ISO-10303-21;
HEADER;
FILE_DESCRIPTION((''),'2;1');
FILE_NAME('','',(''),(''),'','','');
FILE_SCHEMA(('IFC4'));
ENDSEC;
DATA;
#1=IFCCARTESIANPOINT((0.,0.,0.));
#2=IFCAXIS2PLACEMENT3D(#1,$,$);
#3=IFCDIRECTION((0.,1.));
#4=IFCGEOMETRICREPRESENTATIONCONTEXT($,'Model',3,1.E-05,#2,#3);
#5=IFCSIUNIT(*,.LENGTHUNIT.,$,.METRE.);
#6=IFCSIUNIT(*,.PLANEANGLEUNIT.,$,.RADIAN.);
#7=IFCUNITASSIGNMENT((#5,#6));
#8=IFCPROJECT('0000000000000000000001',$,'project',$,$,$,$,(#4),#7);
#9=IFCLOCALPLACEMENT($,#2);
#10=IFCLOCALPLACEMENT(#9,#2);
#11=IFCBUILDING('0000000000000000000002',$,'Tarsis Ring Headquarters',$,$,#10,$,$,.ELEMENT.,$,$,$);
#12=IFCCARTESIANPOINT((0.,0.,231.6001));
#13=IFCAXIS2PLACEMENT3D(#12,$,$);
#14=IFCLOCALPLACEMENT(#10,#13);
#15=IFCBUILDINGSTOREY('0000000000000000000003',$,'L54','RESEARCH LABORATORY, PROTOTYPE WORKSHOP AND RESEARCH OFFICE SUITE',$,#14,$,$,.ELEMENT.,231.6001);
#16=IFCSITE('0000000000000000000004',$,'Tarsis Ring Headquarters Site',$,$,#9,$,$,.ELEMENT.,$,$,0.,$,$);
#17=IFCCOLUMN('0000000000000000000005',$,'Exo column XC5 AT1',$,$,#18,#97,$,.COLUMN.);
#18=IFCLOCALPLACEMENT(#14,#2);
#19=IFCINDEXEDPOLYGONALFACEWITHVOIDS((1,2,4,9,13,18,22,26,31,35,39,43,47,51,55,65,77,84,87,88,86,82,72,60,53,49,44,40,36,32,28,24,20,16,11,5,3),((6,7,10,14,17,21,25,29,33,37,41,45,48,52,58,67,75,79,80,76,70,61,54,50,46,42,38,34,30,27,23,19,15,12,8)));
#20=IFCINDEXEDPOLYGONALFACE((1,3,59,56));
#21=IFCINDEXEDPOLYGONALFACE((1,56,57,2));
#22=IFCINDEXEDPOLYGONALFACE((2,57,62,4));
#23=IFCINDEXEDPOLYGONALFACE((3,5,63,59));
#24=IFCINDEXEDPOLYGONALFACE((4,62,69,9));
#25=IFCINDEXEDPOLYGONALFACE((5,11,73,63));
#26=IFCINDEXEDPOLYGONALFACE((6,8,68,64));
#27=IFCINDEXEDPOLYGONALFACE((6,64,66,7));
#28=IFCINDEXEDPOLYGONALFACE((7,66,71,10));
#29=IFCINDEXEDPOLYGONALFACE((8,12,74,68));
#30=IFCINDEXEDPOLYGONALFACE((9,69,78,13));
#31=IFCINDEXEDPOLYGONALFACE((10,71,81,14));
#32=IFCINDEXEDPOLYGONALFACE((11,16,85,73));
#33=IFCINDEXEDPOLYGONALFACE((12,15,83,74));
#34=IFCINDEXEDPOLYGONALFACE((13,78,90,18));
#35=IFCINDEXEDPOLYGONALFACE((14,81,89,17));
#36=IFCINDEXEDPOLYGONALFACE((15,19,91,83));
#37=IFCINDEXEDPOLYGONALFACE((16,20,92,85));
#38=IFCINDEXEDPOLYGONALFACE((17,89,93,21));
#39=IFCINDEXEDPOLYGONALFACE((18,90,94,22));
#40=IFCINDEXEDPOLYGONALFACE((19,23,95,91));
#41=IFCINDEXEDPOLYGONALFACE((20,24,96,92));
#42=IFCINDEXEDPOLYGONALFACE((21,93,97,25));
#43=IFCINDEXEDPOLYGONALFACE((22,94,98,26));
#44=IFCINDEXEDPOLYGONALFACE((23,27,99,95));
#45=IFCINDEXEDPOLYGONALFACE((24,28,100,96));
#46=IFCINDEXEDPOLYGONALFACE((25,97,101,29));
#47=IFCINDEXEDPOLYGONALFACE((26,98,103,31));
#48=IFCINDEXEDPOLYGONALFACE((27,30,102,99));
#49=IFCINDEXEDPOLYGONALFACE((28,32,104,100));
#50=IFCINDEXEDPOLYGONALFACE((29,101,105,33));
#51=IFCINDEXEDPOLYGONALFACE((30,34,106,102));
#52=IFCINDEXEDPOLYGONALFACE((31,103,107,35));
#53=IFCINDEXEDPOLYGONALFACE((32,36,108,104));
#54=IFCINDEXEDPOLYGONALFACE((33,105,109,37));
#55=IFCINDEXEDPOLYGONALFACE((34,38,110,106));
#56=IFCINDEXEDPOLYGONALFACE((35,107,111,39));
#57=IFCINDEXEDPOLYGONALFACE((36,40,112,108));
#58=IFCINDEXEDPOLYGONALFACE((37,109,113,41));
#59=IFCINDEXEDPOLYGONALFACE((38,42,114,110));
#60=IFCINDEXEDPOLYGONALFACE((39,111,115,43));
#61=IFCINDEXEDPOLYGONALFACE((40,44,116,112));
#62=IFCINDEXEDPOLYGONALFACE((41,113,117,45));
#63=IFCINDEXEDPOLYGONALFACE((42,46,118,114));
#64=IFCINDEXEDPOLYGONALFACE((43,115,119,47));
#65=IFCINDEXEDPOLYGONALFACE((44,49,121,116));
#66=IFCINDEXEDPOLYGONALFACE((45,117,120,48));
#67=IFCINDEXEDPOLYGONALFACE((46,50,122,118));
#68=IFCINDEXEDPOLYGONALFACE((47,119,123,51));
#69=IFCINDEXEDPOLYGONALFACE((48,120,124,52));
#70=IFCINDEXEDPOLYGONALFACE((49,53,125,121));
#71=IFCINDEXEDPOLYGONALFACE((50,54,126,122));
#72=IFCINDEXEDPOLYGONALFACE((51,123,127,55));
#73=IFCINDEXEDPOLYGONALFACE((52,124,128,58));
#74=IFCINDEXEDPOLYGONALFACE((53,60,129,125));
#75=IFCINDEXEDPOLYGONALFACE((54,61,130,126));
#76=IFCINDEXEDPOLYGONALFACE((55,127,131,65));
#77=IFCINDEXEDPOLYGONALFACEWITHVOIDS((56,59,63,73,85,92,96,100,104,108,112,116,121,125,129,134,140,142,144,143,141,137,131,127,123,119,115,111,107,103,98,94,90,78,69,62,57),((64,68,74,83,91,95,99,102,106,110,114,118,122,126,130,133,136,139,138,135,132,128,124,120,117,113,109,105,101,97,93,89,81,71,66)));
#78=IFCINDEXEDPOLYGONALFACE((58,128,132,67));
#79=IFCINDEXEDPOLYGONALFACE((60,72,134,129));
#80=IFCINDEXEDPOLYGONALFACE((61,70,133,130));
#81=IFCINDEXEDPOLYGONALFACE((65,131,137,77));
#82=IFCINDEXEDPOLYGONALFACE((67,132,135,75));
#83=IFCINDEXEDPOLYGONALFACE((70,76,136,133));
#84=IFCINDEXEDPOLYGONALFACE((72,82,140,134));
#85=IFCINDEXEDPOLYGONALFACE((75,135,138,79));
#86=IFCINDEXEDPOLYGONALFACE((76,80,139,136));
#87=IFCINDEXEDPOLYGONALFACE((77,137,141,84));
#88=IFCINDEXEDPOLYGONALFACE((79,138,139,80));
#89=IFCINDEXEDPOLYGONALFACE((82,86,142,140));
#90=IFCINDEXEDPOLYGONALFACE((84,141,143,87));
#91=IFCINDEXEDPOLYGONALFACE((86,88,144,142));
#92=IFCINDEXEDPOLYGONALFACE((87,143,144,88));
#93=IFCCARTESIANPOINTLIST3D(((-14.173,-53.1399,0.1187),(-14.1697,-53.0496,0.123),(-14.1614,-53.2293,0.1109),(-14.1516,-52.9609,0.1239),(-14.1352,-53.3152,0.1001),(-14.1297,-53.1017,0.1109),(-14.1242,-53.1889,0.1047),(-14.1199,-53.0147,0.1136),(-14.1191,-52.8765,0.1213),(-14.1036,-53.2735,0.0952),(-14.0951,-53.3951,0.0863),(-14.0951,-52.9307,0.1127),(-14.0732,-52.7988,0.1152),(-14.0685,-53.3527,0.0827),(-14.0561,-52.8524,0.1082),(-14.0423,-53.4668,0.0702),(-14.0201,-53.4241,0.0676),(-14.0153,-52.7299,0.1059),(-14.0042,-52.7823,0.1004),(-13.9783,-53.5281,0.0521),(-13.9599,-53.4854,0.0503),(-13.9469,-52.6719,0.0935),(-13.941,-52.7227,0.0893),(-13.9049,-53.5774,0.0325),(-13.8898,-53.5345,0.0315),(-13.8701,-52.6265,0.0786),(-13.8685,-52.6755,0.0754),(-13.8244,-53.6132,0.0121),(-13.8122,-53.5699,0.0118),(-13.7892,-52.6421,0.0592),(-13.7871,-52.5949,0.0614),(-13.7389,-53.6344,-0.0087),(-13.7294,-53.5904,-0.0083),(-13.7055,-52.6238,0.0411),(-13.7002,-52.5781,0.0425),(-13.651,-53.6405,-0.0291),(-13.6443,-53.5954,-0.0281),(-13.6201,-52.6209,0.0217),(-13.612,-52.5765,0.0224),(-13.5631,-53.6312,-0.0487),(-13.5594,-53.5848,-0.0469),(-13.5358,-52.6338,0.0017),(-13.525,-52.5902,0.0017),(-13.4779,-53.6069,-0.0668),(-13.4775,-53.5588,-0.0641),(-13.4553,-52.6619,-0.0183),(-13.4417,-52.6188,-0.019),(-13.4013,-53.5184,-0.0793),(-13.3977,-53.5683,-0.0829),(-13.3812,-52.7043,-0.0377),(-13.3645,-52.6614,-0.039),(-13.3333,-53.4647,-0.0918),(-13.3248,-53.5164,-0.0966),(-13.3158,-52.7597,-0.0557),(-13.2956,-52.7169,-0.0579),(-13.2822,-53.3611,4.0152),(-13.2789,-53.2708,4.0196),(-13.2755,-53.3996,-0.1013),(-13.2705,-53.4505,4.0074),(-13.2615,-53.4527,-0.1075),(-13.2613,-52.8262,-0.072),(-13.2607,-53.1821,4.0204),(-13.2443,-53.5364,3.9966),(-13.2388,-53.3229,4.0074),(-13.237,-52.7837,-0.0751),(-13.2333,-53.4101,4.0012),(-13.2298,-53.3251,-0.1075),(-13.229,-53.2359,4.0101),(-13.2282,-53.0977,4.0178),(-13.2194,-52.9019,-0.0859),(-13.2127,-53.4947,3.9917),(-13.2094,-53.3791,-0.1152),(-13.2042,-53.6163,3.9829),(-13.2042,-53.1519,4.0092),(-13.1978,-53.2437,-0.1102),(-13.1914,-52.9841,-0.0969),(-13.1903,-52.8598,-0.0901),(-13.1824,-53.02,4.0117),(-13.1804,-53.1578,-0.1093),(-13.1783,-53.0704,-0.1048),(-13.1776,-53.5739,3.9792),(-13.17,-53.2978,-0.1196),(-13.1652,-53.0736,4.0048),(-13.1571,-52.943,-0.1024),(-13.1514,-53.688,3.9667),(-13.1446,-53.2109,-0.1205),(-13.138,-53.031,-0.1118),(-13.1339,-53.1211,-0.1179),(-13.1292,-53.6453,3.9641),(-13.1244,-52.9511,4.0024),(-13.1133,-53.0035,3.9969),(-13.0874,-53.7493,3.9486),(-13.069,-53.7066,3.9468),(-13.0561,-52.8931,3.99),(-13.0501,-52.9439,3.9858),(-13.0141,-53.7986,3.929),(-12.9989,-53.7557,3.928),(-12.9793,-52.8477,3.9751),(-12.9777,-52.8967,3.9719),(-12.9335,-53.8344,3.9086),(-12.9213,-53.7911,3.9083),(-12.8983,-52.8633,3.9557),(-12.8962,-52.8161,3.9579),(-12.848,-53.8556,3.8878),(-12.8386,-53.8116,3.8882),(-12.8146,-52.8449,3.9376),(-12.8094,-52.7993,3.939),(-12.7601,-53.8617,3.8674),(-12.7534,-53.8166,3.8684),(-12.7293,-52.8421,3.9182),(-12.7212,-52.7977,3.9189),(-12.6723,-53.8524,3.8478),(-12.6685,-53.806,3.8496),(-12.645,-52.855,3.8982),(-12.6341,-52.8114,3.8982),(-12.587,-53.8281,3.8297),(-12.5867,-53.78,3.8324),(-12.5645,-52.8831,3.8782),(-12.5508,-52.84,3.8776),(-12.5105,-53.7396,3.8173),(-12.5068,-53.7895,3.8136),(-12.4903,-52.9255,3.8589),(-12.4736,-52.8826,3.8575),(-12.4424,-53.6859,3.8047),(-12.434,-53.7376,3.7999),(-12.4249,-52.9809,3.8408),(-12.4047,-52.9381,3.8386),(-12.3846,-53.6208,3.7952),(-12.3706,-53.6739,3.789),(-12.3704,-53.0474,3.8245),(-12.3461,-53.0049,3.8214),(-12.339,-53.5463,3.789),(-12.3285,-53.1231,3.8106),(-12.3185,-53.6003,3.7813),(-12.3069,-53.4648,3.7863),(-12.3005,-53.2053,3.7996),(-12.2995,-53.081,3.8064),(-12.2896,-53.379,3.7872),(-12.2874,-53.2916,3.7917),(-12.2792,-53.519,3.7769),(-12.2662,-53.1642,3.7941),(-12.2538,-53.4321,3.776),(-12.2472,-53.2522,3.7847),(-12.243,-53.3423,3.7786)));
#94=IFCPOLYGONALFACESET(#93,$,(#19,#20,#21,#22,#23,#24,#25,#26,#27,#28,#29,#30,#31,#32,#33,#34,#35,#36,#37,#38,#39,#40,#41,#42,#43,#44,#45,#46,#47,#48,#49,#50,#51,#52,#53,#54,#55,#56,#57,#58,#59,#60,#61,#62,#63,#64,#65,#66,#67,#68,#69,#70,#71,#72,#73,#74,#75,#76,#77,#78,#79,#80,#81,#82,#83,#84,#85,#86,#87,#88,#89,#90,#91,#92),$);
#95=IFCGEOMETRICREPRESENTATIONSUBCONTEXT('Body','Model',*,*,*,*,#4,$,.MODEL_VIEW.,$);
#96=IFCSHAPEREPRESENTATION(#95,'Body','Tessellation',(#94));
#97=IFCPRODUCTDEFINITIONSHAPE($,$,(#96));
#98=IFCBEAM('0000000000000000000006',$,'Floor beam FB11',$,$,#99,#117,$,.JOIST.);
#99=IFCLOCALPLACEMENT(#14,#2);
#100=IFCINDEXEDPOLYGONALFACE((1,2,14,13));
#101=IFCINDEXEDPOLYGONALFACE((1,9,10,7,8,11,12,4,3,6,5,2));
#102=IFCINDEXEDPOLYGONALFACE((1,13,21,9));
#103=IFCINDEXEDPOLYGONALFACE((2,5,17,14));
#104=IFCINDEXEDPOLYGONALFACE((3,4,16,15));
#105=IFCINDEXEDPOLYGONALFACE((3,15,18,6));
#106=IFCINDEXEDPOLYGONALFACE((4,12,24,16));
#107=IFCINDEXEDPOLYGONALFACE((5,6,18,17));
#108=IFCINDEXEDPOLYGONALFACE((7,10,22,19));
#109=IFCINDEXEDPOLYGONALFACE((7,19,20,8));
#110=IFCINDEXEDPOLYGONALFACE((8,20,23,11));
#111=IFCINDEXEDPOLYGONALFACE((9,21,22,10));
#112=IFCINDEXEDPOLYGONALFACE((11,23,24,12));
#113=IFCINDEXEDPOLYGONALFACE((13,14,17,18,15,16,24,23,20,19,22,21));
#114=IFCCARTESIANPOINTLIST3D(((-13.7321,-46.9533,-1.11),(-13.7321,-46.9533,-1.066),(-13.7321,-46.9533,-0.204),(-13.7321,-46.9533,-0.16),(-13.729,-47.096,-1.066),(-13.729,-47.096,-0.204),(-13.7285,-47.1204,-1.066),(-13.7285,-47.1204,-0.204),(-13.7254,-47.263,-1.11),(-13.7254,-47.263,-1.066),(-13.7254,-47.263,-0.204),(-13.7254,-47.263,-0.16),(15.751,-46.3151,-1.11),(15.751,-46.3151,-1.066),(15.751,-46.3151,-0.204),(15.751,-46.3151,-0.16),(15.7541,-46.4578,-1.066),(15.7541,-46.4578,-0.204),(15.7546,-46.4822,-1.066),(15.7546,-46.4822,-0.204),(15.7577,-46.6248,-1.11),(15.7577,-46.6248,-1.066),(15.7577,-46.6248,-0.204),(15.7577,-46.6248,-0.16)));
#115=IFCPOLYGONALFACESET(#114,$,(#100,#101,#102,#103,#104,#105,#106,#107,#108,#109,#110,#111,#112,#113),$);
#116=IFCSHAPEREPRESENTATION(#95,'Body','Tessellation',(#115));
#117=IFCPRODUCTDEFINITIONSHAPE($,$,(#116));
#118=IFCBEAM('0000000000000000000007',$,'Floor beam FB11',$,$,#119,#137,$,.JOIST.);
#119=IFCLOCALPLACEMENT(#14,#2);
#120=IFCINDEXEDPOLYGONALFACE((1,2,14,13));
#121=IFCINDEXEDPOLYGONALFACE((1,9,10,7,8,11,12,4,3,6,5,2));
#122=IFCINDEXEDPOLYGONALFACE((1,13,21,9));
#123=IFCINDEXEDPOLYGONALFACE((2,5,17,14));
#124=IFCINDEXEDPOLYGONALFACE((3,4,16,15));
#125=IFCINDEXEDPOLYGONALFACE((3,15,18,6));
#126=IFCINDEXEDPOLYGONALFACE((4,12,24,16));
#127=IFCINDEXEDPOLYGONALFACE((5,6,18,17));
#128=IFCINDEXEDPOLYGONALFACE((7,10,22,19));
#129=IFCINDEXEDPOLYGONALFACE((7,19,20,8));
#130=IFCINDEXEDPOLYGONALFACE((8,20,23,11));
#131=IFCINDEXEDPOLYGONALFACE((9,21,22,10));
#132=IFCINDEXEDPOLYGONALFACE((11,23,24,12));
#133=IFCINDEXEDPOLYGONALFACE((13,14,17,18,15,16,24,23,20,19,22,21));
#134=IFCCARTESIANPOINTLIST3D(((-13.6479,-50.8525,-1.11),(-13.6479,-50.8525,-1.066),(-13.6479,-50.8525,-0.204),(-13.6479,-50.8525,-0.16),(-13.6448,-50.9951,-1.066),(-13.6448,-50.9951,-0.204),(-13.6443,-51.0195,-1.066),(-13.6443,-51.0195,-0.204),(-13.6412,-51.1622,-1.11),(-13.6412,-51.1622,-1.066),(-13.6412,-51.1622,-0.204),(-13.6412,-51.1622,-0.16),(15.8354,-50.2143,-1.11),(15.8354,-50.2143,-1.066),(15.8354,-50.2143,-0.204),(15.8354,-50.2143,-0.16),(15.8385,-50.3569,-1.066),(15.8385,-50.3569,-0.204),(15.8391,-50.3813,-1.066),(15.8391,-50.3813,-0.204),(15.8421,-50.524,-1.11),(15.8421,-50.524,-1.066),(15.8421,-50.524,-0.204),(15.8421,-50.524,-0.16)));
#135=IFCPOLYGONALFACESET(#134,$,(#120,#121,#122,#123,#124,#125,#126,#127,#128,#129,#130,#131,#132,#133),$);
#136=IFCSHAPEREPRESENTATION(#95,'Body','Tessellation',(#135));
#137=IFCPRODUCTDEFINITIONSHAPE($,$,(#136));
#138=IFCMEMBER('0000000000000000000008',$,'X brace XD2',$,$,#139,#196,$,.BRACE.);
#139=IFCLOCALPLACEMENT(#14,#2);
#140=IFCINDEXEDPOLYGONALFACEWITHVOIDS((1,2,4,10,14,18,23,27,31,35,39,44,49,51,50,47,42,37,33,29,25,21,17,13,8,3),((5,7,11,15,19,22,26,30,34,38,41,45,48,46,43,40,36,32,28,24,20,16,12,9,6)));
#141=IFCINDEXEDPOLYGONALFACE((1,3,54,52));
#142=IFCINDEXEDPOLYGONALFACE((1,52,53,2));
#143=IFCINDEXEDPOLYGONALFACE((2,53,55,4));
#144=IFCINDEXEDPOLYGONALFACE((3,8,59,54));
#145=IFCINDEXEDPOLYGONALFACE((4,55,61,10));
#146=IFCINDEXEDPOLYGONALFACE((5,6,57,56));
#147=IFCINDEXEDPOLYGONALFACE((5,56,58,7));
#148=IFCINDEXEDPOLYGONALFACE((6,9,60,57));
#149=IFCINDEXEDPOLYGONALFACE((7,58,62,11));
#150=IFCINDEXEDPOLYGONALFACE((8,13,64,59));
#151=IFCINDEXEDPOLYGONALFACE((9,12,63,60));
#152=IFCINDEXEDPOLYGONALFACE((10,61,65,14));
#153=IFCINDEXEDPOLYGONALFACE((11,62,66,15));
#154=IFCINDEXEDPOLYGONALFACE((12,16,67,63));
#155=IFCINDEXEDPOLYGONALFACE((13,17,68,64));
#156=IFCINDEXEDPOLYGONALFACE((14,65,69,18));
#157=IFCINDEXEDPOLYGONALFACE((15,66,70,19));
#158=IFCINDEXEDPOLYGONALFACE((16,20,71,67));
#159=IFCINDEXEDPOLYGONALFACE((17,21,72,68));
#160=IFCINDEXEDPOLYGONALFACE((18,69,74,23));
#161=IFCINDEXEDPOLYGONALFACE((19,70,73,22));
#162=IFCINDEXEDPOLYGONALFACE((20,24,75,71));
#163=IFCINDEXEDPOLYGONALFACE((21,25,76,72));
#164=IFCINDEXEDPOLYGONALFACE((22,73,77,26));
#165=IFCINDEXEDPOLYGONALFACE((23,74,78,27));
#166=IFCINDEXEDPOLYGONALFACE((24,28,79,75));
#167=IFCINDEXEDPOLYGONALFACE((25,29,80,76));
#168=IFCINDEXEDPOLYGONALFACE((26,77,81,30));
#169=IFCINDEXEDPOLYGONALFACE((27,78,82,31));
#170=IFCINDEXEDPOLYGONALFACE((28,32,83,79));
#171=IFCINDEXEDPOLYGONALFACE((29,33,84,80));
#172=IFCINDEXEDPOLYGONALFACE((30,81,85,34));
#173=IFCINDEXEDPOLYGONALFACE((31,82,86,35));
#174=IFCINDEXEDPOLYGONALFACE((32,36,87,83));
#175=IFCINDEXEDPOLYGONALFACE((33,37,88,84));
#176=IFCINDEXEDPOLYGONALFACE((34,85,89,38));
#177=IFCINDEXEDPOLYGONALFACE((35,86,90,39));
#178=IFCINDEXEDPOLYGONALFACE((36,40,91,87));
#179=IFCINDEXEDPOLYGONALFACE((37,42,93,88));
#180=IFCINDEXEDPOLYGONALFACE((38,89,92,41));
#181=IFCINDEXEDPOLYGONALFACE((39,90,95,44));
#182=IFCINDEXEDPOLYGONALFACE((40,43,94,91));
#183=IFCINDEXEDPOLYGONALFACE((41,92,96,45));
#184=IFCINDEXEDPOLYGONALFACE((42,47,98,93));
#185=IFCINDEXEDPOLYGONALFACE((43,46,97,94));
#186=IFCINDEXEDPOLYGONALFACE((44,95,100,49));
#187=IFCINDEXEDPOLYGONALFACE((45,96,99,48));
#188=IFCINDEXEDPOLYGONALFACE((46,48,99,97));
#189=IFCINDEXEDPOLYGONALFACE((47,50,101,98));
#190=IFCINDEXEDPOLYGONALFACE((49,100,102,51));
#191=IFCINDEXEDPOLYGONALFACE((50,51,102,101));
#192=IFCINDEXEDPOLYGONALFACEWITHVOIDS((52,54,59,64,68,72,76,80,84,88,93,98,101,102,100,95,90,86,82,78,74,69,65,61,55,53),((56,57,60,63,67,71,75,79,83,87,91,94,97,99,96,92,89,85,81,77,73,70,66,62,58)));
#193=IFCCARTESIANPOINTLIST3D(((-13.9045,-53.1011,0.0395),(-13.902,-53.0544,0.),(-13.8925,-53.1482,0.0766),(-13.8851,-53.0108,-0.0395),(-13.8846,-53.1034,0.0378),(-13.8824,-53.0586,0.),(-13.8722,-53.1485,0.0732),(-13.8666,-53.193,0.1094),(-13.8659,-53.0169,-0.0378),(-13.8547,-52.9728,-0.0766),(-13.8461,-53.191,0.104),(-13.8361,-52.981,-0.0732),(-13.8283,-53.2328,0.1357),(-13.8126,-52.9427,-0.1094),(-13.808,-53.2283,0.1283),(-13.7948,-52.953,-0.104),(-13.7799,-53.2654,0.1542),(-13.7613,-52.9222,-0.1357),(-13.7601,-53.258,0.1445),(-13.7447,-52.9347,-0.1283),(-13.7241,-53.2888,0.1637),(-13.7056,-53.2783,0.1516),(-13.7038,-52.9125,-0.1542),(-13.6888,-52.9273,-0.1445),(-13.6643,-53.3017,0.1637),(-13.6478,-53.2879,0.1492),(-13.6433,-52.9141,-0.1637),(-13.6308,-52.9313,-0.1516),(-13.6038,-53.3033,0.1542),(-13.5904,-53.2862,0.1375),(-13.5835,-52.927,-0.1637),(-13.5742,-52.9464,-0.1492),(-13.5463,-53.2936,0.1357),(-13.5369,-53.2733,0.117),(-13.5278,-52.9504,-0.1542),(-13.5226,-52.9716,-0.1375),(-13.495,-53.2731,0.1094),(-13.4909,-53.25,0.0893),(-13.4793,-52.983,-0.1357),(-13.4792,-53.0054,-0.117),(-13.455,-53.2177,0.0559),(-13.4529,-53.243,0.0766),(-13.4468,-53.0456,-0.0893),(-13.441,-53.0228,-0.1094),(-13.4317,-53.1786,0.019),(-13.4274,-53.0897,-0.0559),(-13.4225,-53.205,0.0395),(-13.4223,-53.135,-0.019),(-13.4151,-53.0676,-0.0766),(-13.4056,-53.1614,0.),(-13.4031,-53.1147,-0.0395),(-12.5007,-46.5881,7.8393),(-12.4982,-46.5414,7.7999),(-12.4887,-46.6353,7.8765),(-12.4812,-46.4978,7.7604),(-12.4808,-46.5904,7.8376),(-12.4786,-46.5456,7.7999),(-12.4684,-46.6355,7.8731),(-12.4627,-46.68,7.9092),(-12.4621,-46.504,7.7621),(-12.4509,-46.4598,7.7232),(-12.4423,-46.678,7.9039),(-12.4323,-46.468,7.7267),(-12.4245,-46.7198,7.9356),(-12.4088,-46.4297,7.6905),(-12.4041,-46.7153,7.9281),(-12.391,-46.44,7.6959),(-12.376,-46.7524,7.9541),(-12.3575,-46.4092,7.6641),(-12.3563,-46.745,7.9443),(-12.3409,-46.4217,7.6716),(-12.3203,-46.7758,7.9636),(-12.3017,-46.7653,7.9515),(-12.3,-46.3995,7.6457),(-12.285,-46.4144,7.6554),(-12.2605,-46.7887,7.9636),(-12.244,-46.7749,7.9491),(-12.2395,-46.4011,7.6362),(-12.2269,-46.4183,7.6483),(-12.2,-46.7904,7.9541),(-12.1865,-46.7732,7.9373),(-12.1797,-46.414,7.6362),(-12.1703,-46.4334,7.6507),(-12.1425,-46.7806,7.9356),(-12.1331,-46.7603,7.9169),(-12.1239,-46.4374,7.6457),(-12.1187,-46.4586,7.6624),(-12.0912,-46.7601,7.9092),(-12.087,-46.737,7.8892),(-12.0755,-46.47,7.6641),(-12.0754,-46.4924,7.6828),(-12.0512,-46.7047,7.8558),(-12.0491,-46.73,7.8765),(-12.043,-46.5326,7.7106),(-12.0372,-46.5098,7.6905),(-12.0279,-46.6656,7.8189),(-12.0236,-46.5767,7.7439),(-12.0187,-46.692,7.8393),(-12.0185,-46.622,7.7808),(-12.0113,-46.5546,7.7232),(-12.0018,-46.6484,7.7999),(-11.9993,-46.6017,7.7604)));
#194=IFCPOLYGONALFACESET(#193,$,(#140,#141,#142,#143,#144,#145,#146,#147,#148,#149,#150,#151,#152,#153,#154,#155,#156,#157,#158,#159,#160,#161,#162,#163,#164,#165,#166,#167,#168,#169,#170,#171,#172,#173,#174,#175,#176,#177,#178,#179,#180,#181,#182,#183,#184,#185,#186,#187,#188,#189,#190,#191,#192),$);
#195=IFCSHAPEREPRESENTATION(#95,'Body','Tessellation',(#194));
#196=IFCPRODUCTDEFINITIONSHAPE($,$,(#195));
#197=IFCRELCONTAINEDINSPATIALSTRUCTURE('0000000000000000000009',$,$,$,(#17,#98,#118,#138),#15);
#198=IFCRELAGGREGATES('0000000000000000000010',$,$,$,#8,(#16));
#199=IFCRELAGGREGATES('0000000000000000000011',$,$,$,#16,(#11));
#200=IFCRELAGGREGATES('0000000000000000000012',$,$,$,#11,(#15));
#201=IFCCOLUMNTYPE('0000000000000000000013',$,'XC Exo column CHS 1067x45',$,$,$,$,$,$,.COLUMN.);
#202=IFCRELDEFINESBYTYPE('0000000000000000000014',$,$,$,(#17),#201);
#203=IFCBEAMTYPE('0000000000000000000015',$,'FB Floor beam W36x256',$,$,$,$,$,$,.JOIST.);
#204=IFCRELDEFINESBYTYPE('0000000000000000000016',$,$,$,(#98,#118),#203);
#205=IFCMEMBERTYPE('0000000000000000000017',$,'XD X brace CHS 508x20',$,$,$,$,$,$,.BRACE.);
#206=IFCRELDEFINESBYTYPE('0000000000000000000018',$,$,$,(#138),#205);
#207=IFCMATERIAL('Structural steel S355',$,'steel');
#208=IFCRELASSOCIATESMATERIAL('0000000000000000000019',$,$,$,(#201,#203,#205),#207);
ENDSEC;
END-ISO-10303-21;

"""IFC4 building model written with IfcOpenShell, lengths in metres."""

from ifc_helpers import new_model, si_unit, direction, frame, origin, origin_2d, place, context, subcontext, project, spatial, hollow_circle, i_section, extrude, material, material_profile, profile_set, type_object, element, save


model = new_model("IFC4")

# Units and contexts
model_context = context("Model", 3, precision=1e-05, world=origin(), true_north=direction((0.0, 1.0)))
body_context = subcontext(model_context, "Body", "Model", "MODEL_VIEW")
ifc_project = project(units=[si_unit("LENGTHUNIT", "METRE"), si_unit("PLANEANGLEUNIT", "RADIAN")], contexts=[model_context])

# Site, building, storey
site_placement = place(None, origin())
site = spatial("IfcSite", under=ifc_project, at=site_placement, Name="Tarsis Ring Headquarters Site", CompositionType="ELEMENT", RefElevation=0.0)
building_placement = place(site_placement, origin())
building = spatial("IfcBuilding", under=site, at=building_placement, Name="Tarsis Ring Headquarters", CompositionType="ELEMENT")
storey_placement = place(building_placement, frame((0.0, 0.0, 231.6001)))
storey = spatial("IfcBuildingStorey", under=building, at=storey_placement, Name="L54", Description="RESEARCH LABORATORY, PROTOTYPE WORKSHOP AND RESEARCH OFFICE SUITE", CompositionType="ELEMENT", Elevation=231.6001)

# Column
ifc_material_1 = material(Name="Structural steel S355", Category="steel")
ifc_material_profile_1 = material_profile(ifc_material_1, hollow_circle(Radius=0.5334, WallThickness=0.0449, at=origin_2d()), Name="CHS 1067x45")
ifc_profile_set_1 = profile_set([ifc_material_profile_1], Name="Structural steel S355")
column_type = type_object("IfcColumnType", Name="XC Exo column CHS 1067x45", PredefinedType="COLUMN", material=ifc_profile_set_1)
column_placement = place(storey_placement, frame((-13.6536, -53.1079, 0.0017), z_axis=(0.222542, -0.055254, 0.973356), x_axis=(0.240971, 0.970532, 0.0)))
element("IfcColumn", 1, at=column_placement, inside=storey, type_object=column_type, Name="Exo column XC5 AT1", PredefinedType="COLUMN", context=body_context, shape_type="SweptSolid", body=[
    extrude(hollow_circle(Radius=0.5334, WallThickness=0.0449, at=origin_2d()), origin(), (0.0, 0.0, 1.0), 4.0032),
])

# Beams
ifc_material_profile_2 = material_profile(ifc_material_1, i_section(OverallWidth=0.3098, OverallDepth=0.95, WebThickness=0.0244, FlangeThickness=0.0439, at=origin_2d()), Name="W36x256")
ifc_profile_set_2 = profile_set([ifc_material_profile_2], Name="Structural steel S355")
beam_type_1 = type_object("IfcBeamType", Name="FB Floor beam W36x256", PredefinedType="JOIST", material=ifc_profile_set_2)
beam_1_placement = place(storey_placement, frame((-13.7288, -47.1082, -0.635), z_axis=(0.999766, 0.021641, 0.0), x_axis=(-0.021641, 0.999766, 0.0)))
element("IfcBeam", 2, at=beam_1_placement, inside=storey, type_object=beam_type_1, Name="Floor beam FB11", PredefinedType="JOIST", context=body_context, shape_type="SweptSolid", body=[
    extrude(i_section(OverallWidth=0.3098, OverallDepth=0.95, WebThickness=0.0244, FlangeThickness=0.0439, at=origin_2d()), origin(), (0.0, 0.0, 1.0), 29.49),
])
beam_2_placement = place(storey_placement, frame((-13.6445, -51.0073, -0.635), z_axis=(0.999766, 0.02164, 0.0), x_axis=(-0.02164, 0.999766, 0.0)))
element("IfcBeam", 3, at=beam_2_placement, inside=storey, type_object=beam_type_1, Name="Floor beam FB11", PredefinedType="JOIST", context=body_context, shape_type="SweptSolid", body=[
    extrude(i_section(OverallWidth=0.3098, OverallDepth=0.95, WebThickness=0.0244, FlangeThickness=0.0439, at=origin_2d()), origin(), (0.0, 0.0, 1.0), 29.4902),
])

# Member
ifc_material_profile_3 = material_profile(ifc_material_1, hollow_circle(Radius=0.2539, WallThickness=0.02, at=origin_2d()), Name="CHS 508x20")
ifc_profile_set_3 = profile_set([ifc_material_profile_3], Name="Structural steel S355")
member_type = type_object("IfcMemberType", Name="XD X brace CHS 508x20", PredefinedType="BRACE", material=ifc_profile_set_3)
member_placement = place(storey_placement, frame((-13.6538, -53.1079, 0.0), z_axis=(0.13685, 0.634915, 0.760365), x_axis=(-0.97755, 0.210703, 0.0)))
element("IfcMember", 4, at=member_placement, inside=storey, type_object=member_type, Name="X brace XD2", PredefinedType="BRACE", context=body_context, shape_type="SweptSolid", body=[
    extrude(hollow_circle(Radius=0.2539, WallThickness=0.02, at=origin_2d()), origin(), (0.0, 0.0, 1.0), 10.2581),
])

save(model, "model.ifc")
